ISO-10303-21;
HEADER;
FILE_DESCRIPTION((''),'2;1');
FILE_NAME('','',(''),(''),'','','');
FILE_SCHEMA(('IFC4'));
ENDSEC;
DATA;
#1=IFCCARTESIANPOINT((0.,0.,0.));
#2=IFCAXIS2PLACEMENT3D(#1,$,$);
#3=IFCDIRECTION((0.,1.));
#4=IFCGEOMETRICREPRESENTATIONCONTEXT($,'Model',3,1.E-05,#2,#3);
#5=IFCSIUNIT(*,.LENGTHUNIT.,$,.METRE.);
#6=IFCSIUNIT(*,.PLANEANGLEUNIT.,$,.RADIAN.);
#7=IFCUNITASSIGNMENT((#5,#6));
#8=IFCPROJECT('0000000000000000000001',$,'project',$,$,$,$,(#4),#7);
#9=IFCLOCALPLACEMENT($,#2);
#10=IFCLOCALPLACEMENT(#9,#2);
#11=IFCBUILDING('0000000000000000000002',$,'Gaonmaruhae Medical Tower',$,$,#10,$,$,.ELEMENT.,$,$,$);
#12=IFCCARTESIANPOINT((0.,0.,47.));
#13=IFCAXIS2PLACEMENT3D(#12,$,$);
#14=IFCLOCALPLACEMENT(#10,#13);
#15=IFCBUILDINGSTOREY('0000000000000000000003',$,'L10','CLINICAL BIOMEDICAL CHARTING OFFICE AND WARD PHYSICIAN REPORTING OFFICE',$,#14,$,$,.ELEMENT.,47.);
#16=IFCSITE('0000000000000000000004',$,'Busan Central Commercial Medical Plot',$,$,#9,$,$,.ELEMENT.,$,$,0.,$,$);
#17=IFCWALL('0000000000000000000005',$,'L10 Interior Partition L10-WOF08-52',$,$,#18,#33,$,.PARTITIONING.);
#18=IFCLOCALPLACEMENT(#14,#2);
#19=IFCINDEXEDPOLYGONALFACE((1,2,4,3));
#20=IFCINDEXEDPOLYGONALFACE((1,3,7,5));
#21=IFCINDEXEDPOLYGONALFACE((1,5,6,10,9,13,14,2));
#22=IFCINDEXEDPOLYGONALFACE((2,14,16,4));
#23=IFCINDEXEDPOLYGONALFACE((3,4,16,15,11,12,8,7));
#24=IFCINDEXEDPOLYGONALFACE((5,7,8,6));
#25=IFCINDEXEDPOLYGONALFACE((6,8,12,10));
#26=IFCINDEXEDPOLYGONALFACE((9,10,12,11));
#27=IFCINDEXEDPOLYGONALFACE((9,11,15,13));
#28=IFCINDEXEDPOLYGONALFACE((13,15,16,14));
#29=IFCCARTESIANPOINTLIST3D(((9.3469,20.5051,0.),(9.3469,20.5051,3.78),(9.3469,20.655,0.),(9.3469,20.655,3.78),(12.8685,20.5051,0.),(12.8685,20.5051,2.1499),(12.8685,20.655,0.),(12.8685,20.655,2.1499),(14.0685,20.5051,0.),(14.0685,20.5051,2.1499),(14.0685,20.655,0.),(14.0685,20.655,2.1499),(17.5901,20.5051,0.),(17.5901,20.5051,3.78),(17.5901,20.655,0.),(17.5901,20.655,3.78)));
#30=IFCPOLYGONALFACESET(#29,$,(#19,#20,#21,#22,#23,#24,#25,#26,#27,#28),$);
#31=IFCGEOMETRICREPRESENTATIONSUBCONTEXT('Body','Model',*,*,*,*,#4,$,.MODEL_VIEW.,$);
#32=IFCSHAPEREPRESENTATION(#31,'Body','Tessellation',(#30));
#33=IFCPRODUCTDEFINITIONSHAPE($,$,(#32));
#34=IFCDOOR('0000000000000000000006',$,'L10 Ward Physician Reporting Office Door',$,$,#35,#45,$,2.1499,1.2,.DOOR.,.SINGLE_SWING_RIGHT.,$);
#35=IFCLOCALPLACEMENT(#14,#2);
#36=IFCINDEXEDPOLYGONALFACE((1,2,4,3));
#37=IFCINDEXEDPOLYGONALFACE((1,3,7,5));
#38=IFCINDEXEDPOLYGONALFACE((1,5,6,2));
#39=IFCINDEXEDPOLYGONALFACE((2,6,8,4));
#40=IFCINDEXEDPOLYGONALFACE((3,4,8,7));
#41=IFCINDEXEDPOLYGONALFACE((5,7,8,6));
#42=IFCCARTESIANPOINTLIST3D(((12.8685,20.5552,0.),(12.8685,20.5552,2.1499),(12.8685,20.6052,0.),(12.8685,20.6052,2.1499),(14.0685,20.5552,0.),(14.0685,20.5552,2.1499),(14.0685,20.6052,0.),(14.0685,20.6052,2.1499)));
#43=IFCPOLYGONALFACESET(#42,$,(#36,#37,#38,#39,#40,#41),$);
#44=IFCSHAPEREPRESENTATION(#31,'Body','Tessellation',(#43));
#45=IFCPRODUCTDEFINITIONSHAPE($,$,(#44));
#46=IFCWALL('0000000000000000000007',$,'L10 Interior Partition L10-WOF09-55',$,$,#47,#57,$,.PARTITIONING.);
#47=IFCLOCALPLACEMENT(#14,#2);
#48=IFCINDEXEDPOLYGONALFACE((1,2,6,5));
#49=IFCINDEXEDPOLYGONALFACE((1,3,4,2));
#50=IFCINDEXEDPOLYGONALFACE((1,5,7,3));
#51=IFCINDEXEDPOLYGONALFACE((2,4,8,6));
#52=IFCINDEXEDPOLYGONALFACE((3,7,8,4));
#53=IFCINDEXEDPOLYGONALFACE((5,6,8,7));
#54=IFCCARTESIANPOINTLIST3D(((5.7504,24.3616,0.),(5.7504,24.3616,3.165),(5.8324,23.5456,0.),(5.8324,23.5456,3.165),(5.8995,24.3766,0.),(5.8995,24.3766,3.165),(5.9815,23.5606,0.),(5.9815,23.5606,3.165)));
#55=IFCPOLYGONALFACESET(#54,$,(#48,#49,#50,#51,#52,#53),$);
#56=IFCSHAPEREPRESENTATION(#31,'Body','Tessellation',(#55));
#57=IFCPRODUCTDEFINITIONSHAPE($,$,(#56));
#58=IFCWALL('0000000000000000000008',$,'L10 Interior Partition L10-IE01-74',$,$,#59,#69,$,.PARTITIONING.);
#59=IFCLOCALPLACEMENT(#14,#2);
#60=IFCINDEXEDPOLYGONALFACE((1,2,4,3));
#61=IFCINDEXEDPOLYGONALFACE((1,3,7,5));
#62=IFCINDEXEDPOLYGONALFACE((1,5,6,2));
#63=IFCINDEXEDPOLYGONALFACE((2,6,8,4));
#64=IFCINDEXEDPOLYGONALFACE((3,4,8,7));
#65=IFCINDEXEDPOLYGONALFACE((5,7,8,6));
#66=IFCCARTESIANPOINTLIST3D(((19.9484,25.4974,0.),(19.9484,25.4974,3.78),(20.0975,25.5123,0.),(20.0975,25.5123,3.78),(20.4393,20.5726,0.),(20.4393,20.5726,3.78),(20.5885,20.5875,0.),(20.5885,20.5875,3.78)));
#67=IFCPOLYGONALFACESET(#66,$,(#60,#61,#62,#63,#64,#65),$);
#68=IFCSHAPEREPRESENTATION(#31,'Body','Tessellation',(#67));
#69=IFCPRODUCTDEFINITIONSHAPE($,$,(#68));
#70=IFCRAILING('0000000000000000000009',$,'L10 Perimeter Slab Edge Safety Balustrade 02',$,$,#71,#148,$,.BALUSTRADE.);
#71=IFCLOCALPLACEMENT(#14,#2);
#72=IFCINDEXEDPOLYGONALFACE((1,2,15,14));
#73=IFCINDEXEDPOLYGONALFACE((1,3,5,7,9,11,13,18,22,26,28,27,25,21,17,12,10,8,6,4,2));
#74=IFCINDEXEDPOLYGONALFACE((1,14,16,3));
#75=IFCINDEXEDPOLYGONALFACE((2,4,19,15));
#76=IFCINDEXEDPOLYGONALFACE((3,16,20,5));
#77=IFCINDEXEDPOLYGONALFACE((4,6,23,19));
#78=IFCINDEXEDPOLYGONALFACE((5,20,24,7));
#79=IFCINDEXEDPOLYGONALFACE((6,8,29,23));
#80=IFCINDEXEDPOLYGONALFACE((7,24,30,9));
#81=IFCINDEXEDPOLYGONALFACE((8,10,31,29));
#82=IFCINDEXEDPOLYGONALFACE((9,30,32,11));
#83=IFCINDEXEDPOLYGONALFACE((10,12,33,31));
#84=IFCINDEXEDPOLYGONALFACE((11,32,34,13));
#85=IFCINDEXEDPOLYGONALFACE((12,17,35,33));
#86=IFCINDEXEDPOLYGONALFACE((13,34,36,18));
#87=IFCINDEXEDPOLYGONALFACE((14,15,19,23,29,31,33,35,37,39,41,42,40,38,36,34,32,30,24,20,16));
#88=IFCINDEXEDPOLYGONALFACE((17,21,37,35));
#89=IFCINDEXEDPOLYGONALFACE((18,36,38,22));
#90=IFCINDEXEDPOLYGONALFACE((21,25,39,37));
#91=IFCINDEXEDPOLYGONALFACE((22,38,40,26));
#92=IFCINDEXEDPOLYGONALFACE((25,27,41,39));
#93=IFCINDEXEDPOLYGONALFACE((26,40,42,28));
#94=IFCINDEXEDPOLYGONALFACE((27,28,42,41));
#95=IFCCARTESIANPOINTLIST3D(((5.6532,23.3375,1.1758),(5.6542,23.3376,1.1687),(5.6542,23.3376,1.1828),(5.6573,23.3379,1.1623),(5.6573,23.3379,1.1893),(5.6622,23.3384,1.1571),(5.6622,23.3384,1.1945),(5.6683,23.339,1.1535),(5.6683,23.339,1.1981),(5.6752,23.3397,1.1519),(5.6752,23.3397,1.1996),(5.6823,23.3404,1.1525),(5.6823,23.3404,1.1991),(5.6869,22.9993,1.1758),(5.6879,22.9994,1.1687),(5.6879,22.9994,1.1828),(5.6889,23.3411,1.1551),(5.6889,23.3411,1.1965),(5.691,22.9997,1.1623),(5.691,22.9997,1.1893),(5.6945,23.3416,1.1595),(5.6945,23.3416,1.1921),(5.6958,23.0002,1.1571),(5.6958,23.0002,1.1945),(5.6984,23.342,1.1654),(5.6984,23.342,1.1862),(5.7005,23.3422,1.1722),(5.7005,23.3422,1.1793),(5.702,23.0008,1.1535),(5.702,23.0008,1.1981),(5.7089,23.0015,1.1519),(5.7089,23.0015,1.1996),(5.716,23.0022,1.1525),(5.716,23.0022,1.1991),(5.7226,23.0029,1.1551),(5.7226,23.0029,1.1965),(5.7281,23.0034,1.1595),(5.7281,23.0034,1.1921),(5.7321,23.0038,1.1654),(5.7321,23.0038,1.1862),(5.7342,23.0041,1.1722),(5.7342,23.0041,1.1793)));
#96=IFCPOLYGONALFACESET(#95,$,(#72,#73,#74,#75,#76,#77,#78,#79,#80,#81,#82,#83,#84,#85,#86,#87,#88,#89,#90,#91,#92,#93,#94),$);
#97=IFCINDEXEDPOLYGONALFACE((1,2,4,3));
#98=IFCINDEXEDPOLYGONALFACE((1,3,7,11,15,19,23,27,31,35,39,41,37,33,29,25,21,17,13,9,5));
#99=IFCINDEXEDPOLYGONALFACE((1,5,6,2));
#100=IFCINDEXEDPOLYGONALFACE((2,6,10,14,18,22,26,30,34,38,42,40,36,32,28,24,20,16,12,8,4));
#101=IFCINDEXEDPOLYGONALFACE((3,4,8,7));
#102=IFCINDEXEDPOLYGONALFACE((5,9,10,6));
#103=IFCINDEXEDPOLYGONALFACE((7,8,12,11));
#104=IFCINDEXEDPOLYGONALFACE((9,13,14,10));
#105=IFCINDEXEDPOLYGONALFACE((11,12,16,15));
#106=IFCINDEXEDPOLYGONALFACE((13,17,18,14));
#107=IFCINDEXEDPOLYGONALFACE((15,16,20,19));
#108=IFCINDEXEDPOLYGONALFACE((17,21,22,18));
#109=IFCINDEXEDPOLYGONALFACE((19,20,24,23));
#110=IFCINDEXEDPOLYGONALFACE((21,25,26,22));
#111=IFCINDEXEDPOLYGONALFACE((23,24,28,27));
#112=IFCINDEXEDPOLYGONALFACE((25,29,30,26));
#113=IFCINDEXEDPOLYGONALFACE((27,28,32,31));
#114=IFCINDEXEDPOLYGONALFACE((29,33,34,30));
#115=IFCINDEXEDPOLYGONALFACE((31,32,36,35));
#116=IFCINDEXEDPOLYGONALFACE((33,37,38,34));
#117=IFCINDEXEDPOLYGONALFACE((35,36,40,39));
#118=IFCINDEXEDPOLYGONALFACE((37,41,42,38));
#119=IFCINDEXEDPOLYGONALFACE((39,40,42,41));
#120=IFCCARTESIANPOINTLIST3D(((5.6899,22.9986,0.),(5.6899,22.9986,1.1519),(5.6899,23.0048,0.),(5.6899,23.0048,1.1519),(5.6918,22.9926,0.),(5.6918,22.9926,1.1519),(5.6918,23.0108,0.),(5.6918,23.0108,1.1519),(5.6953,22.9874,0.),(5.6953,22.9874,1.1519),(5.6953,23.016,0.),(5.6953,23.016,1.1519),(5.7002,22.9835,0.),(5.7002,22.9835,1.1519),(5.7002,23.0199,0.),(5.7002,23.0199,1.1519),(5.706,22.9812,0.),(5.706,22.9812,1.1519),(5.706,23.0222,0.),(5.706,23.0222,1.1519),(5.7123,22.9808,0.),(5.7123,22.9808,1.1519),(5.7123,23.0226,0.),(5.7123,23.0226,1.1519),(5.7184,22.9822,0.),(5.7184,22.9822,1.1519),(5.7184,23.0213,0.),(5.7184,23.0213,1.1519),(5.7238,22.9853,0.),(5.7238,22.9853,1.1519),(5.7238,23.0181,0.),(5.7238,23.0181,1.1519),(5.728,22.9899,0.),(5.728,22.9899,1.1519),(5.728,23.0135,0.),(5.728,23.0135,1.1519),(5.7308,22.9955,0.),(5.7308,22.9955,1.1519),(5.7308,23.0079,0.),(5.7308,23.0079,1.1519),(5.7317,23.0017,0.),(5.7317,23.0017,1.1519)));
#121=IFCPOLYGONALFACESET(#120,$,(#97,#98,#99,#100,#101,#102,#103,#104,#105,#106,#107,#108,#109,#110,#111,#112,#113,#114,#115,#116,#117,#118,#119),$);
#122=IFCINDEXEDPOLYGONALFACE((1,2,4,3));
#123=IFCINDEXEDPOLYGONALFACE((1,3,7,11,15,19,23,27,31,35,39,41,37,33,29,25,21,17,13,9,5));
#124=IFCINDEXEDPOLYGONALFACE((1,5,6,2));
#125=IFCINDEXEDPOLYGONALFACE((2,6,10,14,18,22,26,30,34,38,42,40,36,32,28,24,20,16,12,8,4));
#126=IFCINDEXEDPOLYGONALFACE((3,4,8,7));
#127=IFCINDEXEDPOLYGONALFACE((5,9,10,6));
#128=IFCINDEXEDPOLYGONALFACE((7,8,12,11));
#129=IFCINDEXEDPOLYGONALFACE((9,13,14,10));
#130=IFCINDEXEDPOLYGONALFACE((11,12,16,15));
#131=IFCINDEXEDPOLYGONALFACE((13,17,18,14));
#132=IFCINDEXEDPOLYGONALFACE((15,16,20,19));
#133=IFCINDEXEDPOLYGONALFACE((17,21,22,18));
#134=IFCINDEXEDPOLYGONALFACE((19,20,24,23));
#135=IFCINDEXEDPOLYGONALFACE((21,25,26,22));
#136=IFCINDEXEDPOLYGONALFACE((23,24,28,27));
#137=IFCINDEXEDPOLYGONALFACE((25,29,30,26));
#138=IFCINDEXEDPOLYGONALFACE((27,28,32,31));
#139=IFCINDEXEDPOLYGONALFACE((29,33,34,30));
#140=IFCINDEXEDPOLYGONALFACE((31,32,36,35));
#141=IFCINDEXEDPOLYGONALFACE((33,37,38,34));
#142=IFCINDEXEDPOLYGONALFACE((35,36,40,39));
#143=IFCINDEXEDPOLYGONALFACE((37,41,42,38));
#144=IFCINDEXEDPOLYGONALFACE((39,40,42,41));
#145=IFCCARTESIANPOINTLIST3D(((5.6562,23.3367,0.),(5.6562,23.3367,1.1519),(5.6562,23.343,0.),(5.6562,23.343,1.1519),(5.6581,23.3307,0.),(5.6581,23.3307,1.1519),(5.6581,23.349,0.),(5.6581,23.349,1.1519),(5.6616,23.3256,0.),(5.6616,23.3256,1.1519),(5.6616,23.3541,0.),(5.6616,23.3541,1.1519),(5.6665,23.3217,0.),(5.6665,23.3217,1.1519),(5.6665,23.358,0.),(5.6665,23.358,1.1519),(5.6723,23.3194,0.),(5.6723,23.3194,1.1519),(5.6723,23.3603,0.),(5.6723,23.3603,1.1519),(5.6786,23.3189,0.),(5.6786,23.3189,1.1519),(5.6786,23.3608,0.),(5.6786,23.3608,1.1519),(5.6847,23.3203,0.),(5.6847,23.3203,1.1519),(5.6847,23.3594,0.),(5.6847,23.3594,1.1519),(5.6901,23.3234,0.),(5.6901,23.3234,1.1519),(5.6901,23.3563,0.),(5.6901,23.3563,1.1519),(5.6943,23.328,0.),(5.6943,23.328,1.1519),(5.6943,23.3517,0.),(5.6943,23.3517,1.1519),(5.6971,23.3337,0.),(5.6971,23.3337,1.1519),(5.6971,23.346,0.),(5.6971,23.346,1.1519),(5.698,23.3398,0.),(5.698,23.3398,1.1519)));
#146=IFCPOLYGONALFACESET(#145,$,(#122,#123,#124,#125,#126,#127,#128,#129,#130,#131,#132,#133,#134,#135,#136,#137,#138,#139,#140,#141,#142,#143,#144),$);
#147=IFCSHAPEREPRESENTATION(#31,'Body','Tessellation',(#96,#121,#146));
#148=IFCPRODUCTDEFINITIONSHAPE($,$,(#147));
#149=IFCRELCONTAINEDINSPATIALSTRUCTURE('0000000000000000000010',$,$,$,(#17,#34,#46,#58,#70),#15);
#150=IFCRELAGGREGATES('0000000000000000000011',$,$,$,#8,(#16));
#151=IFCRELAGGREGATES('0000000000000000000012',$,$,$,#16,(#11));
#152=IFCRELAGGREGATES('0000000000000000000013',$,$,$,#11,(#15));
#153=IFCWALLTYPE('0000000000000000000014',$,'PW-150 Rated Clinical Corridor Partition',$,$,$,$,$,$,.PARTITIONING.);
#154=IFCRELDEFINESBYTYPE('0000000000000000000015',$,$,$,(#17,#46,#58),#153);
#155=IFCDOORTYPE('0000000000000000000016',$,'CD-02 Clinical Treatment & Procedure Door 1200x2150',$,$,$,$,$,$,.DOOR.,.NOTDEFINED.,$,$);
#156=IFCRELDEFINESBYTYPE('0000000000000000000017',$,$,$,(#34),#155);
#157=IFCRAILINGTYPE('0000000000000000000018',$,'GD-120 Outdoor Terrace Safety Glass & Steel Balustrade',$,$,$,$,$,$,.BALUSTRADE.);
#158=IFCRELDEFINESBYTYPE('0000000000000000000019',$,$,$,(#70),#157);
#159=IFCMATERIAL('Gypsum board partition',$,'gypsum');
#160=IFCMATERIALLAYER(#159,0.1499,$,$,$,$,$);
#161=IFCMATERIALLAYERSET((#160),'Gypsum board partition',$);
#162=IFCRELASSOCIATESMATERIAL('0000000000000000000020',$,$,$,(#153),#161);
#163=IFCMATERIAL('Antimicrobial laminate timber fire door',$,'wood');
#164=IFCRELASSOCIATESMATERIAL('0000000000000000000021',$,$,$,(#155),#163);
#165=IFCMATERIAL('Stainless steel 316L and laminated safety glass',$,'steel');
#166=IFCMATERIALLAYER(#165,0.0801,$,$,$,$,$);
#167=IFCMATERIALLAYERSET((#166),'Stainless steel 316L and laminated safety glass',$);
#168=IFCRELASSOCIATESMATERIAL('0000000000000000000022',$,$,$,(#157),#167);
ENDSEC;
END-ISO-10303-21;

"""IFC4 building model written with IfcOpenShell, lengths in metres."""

from ifc_helpers import new_model, si_unit, direction, frame, frame_2d, origin, origin_2d, place, context, subcontext, project, spatial, rectangle, circle, extrude, material, layer, layer_set, type_object, element, fill, save


model = new_model("IFC4")

# Units and contexts
model_context = context("Model", 3, precision=1e-05, world=origin(), true_north=direction((0.0, 1.0)))
body_context = subcontext(model_context, "Body", "Model", "MODEL_VIEW")
ifc_project = project(units=[si_unit("LENGTHUNIT", "METRE"), si_unit("PLANEANGLEUNIT", "RADIAN")], contexts=[model_context])

# Site, building, storey
site_placement = place(None, origin())
site = spatial("IfcSite", under=ifc_project, at=site_placement, Name="Busan Central Commercial Medical Plot", CompositionType="ELEMENT", RefElevation=0.0)
building_placement = place(site_placement, origin())
building = spatial("IfcBuilding", under=site, at=building_placement, Name="Gaonmaruhae Medical Tower", CompositionType="ELEMENT")
storey_placement = place(building_placement, frame((0.0, 0.0, 47.0)))
storey = spatial("IfcBuildingStorey", under=building, at=storey_placement, Name="L10", Description="CLINICAL BIOMEDICAL CHARTING OFFICE AND WARD PHYSICIAN REPORTING OFFICE", CompositionType="ELEMENT", Elevation=47.0)

# Shared definitions
ifc_material_1 = material(Name="Gypsum board partition", Category="gypsum")
ifc_layer_1 = layer(ifc_material_1, 0.1499)
ifc_layer_set_1 = layer_set([ifc_layer_1], Name="Gypsum board partition")
wall_type_1 = type_object("IfcWallType", Name="PW-150 Rated Clinical Corridor Partition", PredefinedType="PARTITIONING", material=ifc_layer_set_1)

# Wall, opening, door
wall_1_placement = place(storey_placement, frame((17.5901, 20.5801, 0.0), z_axis=(0.0, 0.0, 1.0), x_axis=(-1.0, 0.0, 0.0)))
wall_1 = element("IfcWall", 1, at=wall_1_placement, inside=storey, type_object=wall_type_1, Name="L10 Interior Partition L10-WOF08-52", PredefinedType="PARTITIONING", context=body_context, shape_type="SweptSolid", body=[
    extrude(rectangle(XDim=8.2432, YDim=0.1499, at=frame_2d((4.1216, 0.0))), origin(), (0.0, 0.0, 1.0), 3.78),
])
opening_1_placement = place(wall_1_placement, frame((3.5215, 0.0, 0.0)))
opening_1 = element("IfcOpeningElement", 2, at=opening_1_placement, cuts=wall_1, PredefinedType="OPENING", context=body_context, shape_type="SweptSolid", body=[
    extrude(rectangle(XDim=1.2, YDim=2.1499, at=frame_2d((0.6001, 1.075))), frame((0.0, 0.085, 0.0), z_axis=(0.0, -1.0, 0.0), x_axis=(1.0, 0.0, 0.0)), (0.0, 0.0, 1.0), 0.1699),
])
ifc_material_2 = material(Name="Antimicrobial laminate timber fire door", Category="wood")
door_type = type_object("IfcDoorType", Name="CD-02 Clinical Treatment & Procedure Door 1200x2150", OperationType="NOTDEFINED", PredefinedType="DOOR", material=ifc_material_2)
door_placement = place(opening_1_placement, origin())
door = element("IfcDoor", 3, at=door_placement, inside=storey, type_object=door_type, Name="L10 Ward Physician Reporting Office Door", OperationType="SINGLE_SWING_RIGHT", OverallHeight=2.1499, OverallWidth=1.2, PredefinedType="DOOR", context=body_context, shape_type="SweptSolid", body=[
    extrude(rectangle(XDim=1.2, YDim=2.1499, at=frame_2d((0.6001, 1.075))), frame((0.0, 0.0249, 0.0), z_axis=(0.0, -1.0, 0.0), x_axis=(1.0, 0.0, 0.0)), (0.0, 0.0, 1.0), 0.05),
])
fill(opening_1, door)

# Walls
wall_2_placement = place(storey_placement, frame((5.907, 23.553, 0.0), z_axis=(0.0, 0.0, 1.0), x_axis=(-0.100034, 0.994984, 0.0)))
element("IfcWall", 4, at=wall_2_placement, inside=storey, type_object=wall_type_1, Name="L10 Interior Partition L10-WOF09-55", PredefinedType="PARTITIONING", context=body_context, shape_type="SweptSolid", body=[
    extrude(rectangle(XDim=0.8201, YDim=0.1499, at=frame_2d((0.4102, 0.0))), origin(), (0.0, 0.0, 1.0), 3.165),
])
wall_3_placement = place(storey_placement, frame((20.5139, 20.5801, 0.0), z_axis=(0.0, 0.0, 1.0), x_axis=(-0.099201, 0.995067, 0.0)))
element("IfcWall", 5, at=wall_3_placement, inside=storey, type_object=wall_type_1, Name="L10 Interior Partition L10-IE01-74", PredefinedType="PARTITIONING", context=body_context, shape_type="SweptSolid", body=[
    extrude(rectangle(XDim=4.9492, YDim=0.1499, at=frame_2d((2.4746, 0.0))), origin(), (0.0, 0.0, 1.0), 3.78),
])

# Railing
ifc_material_3 = material(Name="Stainless steel 316L and laminated safety glass", Category="steel")
ifc_layer_2 = layer(ifc_material_3, 0.0801)
ifc_layer_set_2 = layer_set([ifc_layer_2], Name="Stainless steel 316L and laminated safety glass")
railing_type = type_object("IfcRailingType", Name="GD-120 Outdoor Terrace Safety Glass & Steel Balustrade", PredefinedType="BALUSTRADE", material=ifc_layer_set_2)
railing_placement = place(storey_placement, frame((5.7107, 23.0017, 0.0)))
element("IfcRailing", 6, at=railing_placement, inside=storey, type_object=railing_type, Name="L10 Perimeter Slab Edge Safety Balustrade 02", PredefinedType="BALUSTRADE", context=body_context, shape_type="SweptSolid", body=[
    extrude(circle(Radius=0.0239, at=origin_2d()), frame((0.0, 0.0, 1.1758), z_axis=(-0.099148, 0.995073, 0.0), x_axis=(-0.995073, -0.099148, 0.0)), (0.0, 0.0, 1.0), 0.3398),
    extrude(circle(Radius=0.021, at=origin_2d()), origin(), (0.0, 0.0, 1.0), 1.1519),
    extrude(circle(Radius=0.021, at=origin_2d()), frame((-0.0337, 0.3381, 0.0)), (0.0, 0.0, 1.0), 1.1519),
])

save(model, "model.ifc")
